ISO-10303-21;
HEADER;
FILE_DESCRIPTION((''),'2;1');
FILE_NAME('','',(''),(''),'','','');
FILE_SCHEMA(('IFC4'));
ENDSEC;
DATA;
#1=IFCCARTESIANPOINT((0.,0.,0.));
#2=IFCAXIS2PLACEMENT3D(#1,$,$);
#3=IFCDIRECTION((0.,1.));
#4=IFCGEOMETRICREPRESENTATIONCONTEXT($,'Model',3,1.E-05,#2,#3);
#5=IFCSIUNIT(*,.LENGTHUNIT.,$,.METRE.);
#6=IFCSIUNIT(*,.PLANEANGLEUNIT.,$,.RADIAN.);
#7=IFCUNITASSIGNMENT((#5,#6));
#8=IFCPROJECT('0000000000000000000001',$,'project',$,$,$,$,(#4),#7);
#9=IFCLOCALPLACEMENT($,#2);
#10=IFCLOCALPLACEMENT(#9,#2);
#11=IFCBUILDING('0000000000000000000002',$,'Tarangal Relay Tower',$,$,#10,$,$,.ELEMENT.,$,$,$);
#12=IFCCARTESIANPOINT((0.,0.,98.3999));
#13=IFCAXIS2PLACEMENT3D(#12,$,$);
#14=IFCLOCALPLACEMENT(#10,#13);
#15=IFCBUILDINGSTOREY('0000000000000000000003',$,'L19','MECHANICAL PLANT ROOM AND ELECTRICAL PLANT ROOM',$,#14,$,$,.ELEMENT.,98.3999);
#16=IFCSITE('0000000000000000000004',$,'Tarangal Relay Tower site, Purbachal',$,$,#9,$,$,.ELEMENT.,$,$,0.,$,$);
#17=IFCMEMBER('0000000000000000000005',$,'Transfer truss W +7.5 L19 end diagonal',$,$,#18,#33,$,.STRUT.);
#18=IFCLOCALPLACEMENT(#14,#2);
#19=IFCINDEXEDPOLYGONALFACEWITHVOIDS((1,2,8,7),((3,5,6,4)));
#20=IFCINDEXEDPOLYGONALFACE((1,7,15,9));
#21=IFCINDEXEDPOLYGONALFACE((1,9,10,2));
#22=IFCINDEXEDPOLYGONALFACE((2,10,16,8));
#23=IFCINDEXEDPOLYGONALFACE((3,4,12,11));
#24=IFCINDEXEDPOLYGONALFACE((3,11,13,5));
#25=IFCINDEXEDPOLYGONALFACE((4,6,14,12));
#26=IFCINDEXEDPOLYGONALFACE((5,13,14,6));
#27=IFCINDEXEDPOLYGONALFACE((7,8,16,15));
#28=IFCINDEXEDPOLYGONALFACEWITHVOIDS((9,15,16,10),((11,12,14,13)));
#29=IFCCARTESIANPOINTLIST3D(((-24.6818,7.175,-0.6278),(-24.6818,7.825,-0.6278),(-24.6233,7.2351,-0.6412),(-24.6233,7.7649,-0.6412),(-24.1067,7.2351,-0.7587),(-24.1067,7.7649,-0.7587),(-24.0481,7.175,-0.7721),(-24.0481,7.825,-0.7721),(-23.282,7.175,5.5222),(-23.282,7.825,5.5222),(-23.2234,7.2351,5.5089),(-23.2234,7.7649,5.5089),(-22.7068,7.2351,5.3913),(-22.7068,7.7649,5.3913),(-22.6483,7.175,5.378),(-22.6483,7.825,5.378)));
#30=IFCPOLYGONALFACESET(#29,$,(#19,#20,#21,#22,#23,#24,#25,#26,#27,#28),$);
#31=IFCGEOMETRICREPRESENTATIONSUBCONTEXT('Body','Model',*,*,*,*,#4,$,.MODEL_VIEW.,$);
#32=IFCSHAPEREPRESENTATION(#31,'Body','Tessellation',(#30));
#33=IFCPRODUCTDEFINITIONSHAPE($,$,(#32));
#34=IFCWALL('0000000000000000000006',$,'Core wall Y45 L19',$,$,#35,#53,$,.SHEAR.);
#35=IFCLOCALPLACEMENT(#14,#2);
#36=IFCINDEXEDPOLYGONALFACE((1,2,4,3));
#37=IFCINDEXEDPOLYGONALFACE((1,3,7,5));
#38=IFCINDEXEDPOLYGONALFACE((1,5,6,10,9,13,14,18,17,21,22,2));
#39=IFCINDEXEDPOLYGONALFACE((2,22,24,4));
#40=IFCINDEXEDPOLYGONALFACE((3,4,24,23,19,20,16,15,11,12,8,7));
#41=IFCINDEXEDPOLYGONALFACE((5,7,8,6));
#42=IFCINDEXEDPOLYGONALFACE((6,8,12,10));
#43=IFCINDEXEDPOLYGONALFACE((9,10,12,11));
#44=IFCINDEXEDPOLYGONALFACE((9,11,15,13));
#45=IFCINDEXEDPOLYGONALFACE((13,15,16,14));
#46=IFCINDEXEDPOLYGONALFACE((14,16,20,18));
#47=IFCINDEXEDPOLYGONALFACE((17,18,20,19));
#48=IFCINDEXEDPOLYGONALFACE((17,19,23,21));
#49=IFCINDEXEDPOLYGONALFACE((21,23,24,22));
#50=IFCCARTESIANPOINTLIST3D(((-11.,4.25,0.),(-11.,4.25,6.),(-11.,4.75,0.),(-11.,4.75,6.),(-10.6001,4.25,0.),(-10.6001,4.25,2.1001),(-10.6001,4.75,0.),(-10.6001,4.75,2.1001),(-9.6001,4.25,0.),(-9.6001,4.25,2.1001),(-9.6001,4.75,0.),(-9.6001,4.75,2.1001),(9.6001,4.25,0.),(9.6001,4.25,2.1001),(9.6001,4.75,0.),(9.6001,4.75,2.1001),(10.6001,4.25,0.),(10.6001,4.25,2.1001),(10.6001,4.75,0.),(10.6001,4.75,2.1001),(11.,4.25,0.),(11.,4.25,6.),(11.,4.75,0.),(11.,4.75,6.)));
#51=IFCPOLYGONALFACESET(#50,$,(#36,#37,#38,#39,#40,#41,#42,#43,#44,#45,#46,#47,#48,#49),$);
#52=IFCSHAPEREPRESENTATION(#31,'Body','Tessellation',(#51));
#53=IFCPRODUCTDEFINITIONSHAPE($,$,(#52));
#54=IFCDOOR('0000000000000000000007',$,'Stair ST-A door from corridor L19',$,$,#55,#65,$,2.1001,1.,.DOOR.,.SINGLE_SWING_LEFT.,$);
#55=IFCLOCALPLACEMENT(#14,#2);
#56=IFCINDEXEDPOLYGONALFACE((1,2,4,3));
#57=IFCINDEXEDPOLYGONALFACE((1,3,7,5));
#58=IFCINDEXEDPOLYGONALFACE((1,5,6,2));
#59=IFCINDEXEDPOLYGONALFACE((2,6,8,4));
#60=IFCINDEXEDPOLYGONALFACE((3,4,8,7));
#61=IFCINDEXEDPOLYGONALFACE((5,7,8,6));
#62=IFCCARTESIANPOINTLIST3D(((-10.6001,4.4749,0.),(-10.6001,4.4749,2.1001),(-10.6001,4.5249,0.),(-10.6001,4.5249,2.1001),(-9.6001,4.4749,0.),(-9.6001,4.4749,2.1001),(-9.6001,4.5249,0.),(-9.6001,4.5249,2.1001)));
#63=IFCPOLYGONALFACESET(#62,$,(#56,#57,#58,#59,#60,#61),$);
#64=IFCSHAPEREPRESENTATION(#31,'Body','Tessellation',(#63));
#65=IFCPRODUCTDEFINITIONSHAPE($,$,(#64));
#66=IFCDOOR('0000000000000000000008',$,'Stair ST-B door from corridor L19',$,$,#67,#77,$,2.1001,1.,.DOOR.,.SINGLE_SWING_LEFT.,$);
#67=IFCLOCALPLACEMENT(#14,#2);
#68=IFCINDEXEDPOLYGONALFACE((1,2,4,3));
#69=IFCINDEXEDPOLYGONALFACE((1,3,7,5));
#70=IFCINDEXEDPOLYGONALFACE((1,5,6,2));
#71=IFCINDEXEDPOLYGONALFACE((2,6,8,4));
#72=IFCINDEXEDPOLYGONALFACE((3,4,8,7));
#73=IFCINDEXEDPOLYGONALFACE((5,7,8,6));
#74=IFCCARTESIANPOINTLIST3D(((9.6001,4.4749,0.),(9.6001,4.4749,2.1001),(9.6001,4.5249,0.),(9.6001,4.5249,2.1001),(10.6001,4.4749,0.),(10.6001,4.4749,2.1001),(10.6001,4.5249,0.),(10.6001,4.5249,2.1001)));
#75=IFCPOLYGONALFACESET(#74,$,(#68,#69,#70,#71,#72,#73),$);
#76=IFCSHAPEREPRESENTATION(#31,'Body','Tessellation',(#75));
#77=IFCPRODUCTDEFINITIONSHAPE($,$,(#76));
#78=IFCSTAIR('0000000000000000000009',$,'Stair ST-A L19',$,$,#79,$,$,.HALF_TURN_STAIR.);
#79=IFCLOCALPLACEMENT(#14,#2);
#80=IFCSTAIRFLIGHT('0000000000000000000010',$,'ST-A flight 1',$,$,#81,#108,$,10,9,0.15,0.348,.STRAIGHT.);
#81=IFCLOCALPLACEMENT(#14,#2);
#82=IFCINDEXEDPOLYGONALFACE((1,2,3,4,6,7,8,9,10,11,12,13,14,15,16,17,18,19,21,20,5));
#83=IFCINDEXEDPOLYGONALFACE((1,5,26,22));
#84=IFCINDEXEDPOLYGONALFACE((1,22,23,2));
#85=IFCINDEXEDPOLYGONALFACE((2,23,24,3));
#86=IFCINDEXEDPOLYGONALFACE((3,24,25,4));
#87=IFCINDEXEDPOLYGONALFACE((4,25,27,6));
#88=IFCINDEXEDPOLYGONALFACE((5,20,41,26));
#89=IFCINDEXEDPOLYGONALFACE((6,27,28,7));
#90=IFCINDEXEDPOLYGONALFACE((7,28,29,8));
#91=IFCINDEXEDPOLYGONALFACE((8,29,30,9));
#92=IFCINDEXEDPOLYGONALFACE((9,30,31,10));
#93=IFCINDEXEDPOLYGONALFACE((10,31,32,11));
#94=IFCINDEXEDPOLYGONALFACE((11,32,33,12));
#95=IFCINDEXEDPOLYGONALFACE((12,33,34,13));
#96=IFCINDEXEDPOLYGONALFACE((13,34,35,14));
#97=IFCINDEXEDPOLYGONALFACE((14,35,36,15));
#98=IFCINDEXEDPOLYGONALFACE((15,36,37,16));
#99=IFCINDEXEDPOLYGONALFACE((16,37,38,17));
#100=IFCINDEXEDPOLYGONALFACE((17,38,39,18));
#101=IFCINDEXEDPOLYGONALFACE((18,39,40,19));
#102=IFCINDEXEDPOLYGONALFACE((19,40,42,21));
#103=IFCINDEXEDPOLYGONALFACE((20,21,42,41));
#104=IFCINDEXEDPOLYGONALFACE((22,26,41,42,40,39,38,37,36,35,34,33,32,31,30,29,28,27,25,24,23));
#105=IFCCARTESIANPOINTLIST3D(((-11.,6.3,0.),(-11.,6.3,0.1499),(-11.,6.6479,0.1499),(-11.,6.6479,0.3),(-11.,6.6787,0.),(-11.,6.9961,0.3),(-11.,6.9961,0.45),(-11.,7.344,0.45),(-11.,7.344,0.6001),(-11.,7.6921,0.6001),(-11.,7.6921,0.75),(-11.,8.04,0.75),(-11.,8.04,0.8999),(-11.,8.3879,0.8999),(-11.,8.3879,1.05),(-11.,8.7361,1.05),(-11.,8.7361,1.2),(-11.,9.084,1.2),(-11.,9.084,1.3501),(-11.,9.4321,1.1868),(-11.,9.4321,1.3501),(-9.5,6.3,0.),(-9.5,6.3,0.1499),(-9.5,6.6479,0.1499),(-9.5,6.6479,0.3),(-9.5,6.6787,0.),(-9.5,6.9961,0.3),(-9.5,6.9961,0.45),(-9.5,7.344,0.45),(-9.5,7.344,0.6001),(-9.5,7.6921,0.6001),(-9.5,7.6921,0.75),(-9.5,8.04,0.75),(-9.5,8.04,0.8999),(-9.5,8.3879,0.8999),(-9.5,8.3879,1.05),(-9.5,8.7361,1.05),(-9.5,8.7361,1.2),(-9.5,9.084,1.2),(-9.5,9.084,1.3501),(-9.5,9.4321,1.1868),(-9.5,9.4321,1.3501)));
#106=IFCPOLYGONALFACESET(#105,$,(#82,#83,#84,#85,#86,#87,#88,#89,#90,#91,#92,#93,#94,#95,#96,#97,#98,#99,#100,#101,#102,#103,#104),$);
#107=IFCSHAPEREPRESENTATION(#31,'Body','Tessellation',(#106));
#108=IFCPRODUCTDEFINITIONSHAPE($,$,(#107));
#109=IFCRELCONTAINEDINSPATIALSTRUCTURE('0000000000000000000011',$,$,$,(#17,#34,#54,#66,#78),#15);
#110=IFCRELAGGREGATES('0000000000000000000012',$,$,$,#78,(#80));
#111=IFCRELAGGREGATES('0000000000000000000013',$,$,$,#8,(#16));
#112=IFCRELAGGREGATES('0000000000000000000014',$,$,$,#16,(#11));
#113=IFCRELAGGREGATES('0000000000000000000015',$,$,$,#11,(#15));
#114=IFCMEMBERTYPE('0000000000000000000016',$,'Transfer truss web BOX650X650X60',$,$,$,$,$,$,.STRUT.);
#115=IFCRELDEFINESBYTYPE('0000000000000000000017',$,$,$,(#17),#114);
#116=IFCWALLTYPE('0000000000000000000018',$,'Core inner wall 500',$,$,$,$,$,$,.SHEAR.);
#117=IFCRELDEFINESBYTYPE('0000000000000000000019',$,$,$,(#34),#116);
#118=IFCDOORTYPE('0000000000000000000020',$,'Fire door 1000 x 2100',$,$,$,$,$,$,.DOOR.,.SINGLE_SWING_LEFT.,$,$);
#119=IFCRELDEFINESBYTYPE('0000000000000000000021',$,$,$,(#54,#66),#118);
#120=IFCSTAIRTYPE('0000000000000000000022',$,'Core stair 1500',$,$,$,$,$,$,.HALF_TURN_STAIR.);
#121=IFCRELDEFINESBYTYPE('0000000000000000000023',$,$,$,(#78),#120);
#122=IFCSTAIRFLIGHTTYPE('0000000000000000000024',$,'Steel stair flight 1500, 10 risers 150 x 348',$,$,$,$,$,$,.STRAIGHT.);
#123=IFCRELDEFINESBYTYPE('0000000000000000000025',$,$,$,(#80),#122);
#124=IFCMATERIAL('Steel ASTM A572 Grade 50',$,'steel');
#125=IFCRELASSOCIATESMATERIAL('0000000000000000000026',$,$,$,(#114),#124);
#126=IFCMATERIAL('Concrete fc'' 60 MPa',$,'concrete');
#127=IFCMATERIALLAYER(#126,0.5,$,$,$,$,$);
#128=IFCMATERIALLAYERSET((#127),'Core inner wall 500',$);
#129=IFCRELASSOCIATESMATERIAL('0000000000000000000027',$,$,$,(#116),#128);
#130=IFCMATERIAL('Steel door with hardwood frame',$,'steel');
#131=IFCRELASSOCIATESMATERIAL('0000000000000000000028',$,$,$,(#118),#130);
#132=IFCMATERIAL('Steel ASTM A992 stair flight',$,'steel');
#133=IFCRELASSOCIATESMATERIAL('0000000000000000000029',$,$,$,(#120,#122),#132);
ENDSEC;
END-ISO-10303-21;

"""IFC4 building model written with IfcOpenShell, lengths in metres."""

from ifc_helpers import new_model, si_unit, direction, frame, frame_2d, origin, origin_2d, place, context, subcontext, project, spatial, polyline, rectangle, hollow_rectangle, outline, extrude, material, layer, layer_set, material_profile, profile_set, type_object, element, fill, aggregate, save


model = new_model("IFC4")

# Units and contexts
model_context = context("Model", 3, precision=1e-05, world=origin(), true_north=direction((0.0, 1.0)))
body_context = subcontext(model_context, "Body", "Model", "MODEL_VIEW")
ifc_project = project(units=[si_unit("LENGTHUNIT", "METRE"), si_unit("PLANEANGLEUNIT", "RADIAN")], contexts=[model_context])

# Site, building, storey
site_placement = place(None, origin())
site = spatial("IfcSite", under=ifc_project, at=site_placement, Name="Tarangal Relay Tower site, Purbachal", CompositionType="ELEMENT", RefElevation=0.0)
building_placement = place(site_placement, origin())
building = spatial("IfcBuilding", under=site, at=building_placement, Name="Tarangal Relay Tower", CompositionType="ELEMENT")
storey_placement = place(building_placement, frame((0.0, 0.0, 98.3999)))
storey = spatial("IfcBuildingStorey", under=building, at=storey_placement, Name="L19", Description="MECHANICAL PLANT ROOM AND ELECTRICAL PLANT ROOM", CompositionType="ELEMENT", Elevation=98.3999)

# Shared definitions
ifc_material_1 = material(Name="Steel ASTM A572 Grade 50", Category="steel")

# Member
ifc_material_profile_1 = material_profile(ifc_material_1, hollow_rectangle(XDim=0.6499, YDim=0.6499, WallThickness=0.0601, at=origin_2d()), Name="BOX650X650X60")
ifc_profile_set_1 = profile_set([ifc_material_profile_1], Name="Steel ASTM A572 Grade 50")
member_type_1 = type_object("IfcMemberType", Name="Transfer truss web BOX650X650X60", PredefinedType="STRUT", material=ifc_profile_set_1)
member_1_placement = place(storey_placement, frame((-24.365, 7.5, -0.7), z_axis=(0.221944, 0.0, 0.975059), x_axis=(0.0, 1.0, 0.0)))
element("IfcMember", 1, at=member_1_placement, inside=storey, type_object=member_type_1, Name="Transfer truss W +7.5 L19 end diagonal", PredefinedType="STRUT", context=body_context, shape_type="SweptSolid", body=[
    extrude(hollow_rectangle(XDim=0.6499, YDim=0.6499, WallThickness=0.0601, at=origin_2d()), origin(), (0.0, 0.0, 1.0), 6.3074),
])

# Wall, openings, doors
ifc_material_2 = material(Name="Concrete fc' 60 MPa", Category="concrete")
ifc_layer_1 = layer(ifc_material_2, 0.5)
ifc_layer_set_1 = layer_set([ifc_layer_1], Name="Core inner wall 500")
wall_type_1 = type_object("IfcWallType", Name="Core inner wall 500", PredefinedType="SHEAR", material=ifc_layer_set_1)
wall_1_placement = place(storey_placement, frame((-11.0, 4.5, 0.0), z_axis=(0.0, 0.0, 1.0), x_axis=(1.0, 0.0, 0.0)))
wall_1 = element("IfcWall", 2, at=wall_1_placement, inside=storey, type_object=wall_type_1, Name="Core wall Y45 L19", PredefinedType="SHEAR", context=body_context, shape_type="SweptSolid", body=[
    extrude(rectangle(XDim=22.0, YDim=0.5, at=frame_2d((11.0, 0.0))), origin(), (0.0, 0.0, 1.0), 6.0),
])
opening_1_placement = place(wall_1_placement, frame((0.3999, 0.0, 0.0)))
opening_1 = element("IfcOpeningElement", 3, at=opening_1_placement, cuts=wall_1, PredefinedType="OPENING", context=body_context, shape_type="SweptSolid", body=[
    extrude(rectangle(XDim=1.0, YDim=2.1001, at=frame_2d((0.5, 1.05))), frame((0.0, 0.26, 0.0), z_axis=(0.0, -1.0, 0.0), x_axis=(1.0, 0.0, 0.0)), (0.0, 0.0, 1.0), 0.52),
])
opening_2_placement = place(wall_1_placement, frame((20.6001, 0.0, 0.0)))
opening_2 = element("IfcOpeningElement", 4, at=opening_2_placement, cuts=wall_1, PredefinedType="OPENING", context=body_context, shape_type="SweptSolid", body=[
    extrude(rectangle(XDim=1.0, YDim=2.1001, at=frame_2d((0.5, 1.05))), frame((0.0, 0.26, 0.0), z_axis=(0.0, -1.0, 0.0), x_axis=(1.0, 0.0, 0.0)), (0.0, 0.0, 1.0), 0.52),
])
ifc_material_3 = material(Name="Steel door with hardwood frame", Category="steel")
door_type_1 = type_object("IfcDoorType", Name="Fire door 1000 x 2100", OperationType="SINGLE_SWING_LEFT", PredefinedType="DOOR", material=ifc_material_3)
door_1_placement = place(opening_1_placement, origin())
door_1 = element("IfcDoor", 5, at=door_1_placement, inside=storey, type_object=door_type_1, Name="Stair ST-A door from corridor L19", OperationType="SINGLE_SWING_LEFT", OverallHeight=2.1001, OverallWidth=1.0, PredefinedType="DOOR", context=body_context, shape_type="SweptSolid", body=[
    extrude(rectangle(XDim=1.0, YDim=2.1001, at=frame_2d((0.5, 1.05))), frame((0.0, 0.0249, 0.0), z_axis=(0.0, -1.0, 0.0), x_axis=(1.0, 0.0, 0.0)), (0.0, 0.0, 1.0), 0.05),
])
fill(opening_1, door_1)
door_2_placement = place(opening_2_placement, origin())
door_2 = element("IfcDoor", 6, at=door_2_placement, inside=storey, type_object=door_type_1, Name="Stair ST-B door from corridor L19", OperationType="SINGLE_SWING_LEFT", OverallHeight=2.1001, OverallWidth=1.0, PredefinedType="DOOR", context=body_context, shape_type="SweptSolid", body=[
    extrude(rectangle(XDim=1.0, YDim=2.1001, at=frame_2d((0.5, 1.05))), frame((0.0, 0.0249, 0.0), z_axis=(0.0, -1.0, 0.0), x_axis=(1.0, 0.0, 0.0)), (0.0, 0.0, 1.0), 0.05),
])
fill(opening_2, door_2)

# Stair, stair flight
ifc_material_4 = material(Name="Steel ASTM A992 stair flight", Category="steel")
stair_type = type_object("IfcStairType", Name="Core stair 1500", PredefinedType="HALF_TURN_STAIR", material=ifc_material_4)
stair_placement = place(storey_placement, origin())
stair = element("IfcStair", 7, at=stair_placement, inside=storey, type_object=stair_type, Name="Stair ST-A L19", PredefinedType="HALF_TURN_STAIR")
stair_flight_type = type_object("IfcStairFlightType", Name="Steel stair flight 1500, 10 risers 150 x 348", PredefinedType="STRAIGHT", material=ifc_material_4)
stair_flight_placement = place(storey_placement, frame((-10.25, 6.3, 0.0), z_axis=(0.0, 0.0, 1.0), x_axis=(0.0, 1.0, 0.0)))
stair_flight = element("IfcStairFlight", 8, at=stair_flight_placement, type_object=stair_flight_type, Name="ST-A flight 1", NumberOfRisers=10, NumberOfTreads=9, PredefinedType="STRAIGHT", RiserHeight=0.15, TreadLength=0.348, context=body_context, shape_type="SweptSolid", body=[
    extrude(outline(polyline([(0.0, 0.0), (0.0, 0.1499), (0.3479, 0.1499), (0.3479, 0.3), (0.696, 0.3), (0.696, 0.45), (1.0439, 0.45), (1.0439, 0.6001), (1.3921, 0.6001), (1.3921, 0.75), (1.74, 0.75), (1.74, 0.8999), (2.0879, 0.8999), (2.0879, 1.05), (2.436, 1.05), (2.436, 1.2), (2.7839, 1.2), (2.7839, 1.3501), (3.1321, 1.3501), (3.1321, 1.5), (3.1321, 1.1868), (0.3787, 0.0), (0.0, 0.0)])), frame((0.0, 0.75, 0.0), z_axis=(0.0, -1.0, 0.0), x_axis=(1.0, 0.0, 0.0)), (0.0, 0.0, 1.0), 1.5),
])
aggregate(stair, [stair_flight])

save(model, "model.ifc")
